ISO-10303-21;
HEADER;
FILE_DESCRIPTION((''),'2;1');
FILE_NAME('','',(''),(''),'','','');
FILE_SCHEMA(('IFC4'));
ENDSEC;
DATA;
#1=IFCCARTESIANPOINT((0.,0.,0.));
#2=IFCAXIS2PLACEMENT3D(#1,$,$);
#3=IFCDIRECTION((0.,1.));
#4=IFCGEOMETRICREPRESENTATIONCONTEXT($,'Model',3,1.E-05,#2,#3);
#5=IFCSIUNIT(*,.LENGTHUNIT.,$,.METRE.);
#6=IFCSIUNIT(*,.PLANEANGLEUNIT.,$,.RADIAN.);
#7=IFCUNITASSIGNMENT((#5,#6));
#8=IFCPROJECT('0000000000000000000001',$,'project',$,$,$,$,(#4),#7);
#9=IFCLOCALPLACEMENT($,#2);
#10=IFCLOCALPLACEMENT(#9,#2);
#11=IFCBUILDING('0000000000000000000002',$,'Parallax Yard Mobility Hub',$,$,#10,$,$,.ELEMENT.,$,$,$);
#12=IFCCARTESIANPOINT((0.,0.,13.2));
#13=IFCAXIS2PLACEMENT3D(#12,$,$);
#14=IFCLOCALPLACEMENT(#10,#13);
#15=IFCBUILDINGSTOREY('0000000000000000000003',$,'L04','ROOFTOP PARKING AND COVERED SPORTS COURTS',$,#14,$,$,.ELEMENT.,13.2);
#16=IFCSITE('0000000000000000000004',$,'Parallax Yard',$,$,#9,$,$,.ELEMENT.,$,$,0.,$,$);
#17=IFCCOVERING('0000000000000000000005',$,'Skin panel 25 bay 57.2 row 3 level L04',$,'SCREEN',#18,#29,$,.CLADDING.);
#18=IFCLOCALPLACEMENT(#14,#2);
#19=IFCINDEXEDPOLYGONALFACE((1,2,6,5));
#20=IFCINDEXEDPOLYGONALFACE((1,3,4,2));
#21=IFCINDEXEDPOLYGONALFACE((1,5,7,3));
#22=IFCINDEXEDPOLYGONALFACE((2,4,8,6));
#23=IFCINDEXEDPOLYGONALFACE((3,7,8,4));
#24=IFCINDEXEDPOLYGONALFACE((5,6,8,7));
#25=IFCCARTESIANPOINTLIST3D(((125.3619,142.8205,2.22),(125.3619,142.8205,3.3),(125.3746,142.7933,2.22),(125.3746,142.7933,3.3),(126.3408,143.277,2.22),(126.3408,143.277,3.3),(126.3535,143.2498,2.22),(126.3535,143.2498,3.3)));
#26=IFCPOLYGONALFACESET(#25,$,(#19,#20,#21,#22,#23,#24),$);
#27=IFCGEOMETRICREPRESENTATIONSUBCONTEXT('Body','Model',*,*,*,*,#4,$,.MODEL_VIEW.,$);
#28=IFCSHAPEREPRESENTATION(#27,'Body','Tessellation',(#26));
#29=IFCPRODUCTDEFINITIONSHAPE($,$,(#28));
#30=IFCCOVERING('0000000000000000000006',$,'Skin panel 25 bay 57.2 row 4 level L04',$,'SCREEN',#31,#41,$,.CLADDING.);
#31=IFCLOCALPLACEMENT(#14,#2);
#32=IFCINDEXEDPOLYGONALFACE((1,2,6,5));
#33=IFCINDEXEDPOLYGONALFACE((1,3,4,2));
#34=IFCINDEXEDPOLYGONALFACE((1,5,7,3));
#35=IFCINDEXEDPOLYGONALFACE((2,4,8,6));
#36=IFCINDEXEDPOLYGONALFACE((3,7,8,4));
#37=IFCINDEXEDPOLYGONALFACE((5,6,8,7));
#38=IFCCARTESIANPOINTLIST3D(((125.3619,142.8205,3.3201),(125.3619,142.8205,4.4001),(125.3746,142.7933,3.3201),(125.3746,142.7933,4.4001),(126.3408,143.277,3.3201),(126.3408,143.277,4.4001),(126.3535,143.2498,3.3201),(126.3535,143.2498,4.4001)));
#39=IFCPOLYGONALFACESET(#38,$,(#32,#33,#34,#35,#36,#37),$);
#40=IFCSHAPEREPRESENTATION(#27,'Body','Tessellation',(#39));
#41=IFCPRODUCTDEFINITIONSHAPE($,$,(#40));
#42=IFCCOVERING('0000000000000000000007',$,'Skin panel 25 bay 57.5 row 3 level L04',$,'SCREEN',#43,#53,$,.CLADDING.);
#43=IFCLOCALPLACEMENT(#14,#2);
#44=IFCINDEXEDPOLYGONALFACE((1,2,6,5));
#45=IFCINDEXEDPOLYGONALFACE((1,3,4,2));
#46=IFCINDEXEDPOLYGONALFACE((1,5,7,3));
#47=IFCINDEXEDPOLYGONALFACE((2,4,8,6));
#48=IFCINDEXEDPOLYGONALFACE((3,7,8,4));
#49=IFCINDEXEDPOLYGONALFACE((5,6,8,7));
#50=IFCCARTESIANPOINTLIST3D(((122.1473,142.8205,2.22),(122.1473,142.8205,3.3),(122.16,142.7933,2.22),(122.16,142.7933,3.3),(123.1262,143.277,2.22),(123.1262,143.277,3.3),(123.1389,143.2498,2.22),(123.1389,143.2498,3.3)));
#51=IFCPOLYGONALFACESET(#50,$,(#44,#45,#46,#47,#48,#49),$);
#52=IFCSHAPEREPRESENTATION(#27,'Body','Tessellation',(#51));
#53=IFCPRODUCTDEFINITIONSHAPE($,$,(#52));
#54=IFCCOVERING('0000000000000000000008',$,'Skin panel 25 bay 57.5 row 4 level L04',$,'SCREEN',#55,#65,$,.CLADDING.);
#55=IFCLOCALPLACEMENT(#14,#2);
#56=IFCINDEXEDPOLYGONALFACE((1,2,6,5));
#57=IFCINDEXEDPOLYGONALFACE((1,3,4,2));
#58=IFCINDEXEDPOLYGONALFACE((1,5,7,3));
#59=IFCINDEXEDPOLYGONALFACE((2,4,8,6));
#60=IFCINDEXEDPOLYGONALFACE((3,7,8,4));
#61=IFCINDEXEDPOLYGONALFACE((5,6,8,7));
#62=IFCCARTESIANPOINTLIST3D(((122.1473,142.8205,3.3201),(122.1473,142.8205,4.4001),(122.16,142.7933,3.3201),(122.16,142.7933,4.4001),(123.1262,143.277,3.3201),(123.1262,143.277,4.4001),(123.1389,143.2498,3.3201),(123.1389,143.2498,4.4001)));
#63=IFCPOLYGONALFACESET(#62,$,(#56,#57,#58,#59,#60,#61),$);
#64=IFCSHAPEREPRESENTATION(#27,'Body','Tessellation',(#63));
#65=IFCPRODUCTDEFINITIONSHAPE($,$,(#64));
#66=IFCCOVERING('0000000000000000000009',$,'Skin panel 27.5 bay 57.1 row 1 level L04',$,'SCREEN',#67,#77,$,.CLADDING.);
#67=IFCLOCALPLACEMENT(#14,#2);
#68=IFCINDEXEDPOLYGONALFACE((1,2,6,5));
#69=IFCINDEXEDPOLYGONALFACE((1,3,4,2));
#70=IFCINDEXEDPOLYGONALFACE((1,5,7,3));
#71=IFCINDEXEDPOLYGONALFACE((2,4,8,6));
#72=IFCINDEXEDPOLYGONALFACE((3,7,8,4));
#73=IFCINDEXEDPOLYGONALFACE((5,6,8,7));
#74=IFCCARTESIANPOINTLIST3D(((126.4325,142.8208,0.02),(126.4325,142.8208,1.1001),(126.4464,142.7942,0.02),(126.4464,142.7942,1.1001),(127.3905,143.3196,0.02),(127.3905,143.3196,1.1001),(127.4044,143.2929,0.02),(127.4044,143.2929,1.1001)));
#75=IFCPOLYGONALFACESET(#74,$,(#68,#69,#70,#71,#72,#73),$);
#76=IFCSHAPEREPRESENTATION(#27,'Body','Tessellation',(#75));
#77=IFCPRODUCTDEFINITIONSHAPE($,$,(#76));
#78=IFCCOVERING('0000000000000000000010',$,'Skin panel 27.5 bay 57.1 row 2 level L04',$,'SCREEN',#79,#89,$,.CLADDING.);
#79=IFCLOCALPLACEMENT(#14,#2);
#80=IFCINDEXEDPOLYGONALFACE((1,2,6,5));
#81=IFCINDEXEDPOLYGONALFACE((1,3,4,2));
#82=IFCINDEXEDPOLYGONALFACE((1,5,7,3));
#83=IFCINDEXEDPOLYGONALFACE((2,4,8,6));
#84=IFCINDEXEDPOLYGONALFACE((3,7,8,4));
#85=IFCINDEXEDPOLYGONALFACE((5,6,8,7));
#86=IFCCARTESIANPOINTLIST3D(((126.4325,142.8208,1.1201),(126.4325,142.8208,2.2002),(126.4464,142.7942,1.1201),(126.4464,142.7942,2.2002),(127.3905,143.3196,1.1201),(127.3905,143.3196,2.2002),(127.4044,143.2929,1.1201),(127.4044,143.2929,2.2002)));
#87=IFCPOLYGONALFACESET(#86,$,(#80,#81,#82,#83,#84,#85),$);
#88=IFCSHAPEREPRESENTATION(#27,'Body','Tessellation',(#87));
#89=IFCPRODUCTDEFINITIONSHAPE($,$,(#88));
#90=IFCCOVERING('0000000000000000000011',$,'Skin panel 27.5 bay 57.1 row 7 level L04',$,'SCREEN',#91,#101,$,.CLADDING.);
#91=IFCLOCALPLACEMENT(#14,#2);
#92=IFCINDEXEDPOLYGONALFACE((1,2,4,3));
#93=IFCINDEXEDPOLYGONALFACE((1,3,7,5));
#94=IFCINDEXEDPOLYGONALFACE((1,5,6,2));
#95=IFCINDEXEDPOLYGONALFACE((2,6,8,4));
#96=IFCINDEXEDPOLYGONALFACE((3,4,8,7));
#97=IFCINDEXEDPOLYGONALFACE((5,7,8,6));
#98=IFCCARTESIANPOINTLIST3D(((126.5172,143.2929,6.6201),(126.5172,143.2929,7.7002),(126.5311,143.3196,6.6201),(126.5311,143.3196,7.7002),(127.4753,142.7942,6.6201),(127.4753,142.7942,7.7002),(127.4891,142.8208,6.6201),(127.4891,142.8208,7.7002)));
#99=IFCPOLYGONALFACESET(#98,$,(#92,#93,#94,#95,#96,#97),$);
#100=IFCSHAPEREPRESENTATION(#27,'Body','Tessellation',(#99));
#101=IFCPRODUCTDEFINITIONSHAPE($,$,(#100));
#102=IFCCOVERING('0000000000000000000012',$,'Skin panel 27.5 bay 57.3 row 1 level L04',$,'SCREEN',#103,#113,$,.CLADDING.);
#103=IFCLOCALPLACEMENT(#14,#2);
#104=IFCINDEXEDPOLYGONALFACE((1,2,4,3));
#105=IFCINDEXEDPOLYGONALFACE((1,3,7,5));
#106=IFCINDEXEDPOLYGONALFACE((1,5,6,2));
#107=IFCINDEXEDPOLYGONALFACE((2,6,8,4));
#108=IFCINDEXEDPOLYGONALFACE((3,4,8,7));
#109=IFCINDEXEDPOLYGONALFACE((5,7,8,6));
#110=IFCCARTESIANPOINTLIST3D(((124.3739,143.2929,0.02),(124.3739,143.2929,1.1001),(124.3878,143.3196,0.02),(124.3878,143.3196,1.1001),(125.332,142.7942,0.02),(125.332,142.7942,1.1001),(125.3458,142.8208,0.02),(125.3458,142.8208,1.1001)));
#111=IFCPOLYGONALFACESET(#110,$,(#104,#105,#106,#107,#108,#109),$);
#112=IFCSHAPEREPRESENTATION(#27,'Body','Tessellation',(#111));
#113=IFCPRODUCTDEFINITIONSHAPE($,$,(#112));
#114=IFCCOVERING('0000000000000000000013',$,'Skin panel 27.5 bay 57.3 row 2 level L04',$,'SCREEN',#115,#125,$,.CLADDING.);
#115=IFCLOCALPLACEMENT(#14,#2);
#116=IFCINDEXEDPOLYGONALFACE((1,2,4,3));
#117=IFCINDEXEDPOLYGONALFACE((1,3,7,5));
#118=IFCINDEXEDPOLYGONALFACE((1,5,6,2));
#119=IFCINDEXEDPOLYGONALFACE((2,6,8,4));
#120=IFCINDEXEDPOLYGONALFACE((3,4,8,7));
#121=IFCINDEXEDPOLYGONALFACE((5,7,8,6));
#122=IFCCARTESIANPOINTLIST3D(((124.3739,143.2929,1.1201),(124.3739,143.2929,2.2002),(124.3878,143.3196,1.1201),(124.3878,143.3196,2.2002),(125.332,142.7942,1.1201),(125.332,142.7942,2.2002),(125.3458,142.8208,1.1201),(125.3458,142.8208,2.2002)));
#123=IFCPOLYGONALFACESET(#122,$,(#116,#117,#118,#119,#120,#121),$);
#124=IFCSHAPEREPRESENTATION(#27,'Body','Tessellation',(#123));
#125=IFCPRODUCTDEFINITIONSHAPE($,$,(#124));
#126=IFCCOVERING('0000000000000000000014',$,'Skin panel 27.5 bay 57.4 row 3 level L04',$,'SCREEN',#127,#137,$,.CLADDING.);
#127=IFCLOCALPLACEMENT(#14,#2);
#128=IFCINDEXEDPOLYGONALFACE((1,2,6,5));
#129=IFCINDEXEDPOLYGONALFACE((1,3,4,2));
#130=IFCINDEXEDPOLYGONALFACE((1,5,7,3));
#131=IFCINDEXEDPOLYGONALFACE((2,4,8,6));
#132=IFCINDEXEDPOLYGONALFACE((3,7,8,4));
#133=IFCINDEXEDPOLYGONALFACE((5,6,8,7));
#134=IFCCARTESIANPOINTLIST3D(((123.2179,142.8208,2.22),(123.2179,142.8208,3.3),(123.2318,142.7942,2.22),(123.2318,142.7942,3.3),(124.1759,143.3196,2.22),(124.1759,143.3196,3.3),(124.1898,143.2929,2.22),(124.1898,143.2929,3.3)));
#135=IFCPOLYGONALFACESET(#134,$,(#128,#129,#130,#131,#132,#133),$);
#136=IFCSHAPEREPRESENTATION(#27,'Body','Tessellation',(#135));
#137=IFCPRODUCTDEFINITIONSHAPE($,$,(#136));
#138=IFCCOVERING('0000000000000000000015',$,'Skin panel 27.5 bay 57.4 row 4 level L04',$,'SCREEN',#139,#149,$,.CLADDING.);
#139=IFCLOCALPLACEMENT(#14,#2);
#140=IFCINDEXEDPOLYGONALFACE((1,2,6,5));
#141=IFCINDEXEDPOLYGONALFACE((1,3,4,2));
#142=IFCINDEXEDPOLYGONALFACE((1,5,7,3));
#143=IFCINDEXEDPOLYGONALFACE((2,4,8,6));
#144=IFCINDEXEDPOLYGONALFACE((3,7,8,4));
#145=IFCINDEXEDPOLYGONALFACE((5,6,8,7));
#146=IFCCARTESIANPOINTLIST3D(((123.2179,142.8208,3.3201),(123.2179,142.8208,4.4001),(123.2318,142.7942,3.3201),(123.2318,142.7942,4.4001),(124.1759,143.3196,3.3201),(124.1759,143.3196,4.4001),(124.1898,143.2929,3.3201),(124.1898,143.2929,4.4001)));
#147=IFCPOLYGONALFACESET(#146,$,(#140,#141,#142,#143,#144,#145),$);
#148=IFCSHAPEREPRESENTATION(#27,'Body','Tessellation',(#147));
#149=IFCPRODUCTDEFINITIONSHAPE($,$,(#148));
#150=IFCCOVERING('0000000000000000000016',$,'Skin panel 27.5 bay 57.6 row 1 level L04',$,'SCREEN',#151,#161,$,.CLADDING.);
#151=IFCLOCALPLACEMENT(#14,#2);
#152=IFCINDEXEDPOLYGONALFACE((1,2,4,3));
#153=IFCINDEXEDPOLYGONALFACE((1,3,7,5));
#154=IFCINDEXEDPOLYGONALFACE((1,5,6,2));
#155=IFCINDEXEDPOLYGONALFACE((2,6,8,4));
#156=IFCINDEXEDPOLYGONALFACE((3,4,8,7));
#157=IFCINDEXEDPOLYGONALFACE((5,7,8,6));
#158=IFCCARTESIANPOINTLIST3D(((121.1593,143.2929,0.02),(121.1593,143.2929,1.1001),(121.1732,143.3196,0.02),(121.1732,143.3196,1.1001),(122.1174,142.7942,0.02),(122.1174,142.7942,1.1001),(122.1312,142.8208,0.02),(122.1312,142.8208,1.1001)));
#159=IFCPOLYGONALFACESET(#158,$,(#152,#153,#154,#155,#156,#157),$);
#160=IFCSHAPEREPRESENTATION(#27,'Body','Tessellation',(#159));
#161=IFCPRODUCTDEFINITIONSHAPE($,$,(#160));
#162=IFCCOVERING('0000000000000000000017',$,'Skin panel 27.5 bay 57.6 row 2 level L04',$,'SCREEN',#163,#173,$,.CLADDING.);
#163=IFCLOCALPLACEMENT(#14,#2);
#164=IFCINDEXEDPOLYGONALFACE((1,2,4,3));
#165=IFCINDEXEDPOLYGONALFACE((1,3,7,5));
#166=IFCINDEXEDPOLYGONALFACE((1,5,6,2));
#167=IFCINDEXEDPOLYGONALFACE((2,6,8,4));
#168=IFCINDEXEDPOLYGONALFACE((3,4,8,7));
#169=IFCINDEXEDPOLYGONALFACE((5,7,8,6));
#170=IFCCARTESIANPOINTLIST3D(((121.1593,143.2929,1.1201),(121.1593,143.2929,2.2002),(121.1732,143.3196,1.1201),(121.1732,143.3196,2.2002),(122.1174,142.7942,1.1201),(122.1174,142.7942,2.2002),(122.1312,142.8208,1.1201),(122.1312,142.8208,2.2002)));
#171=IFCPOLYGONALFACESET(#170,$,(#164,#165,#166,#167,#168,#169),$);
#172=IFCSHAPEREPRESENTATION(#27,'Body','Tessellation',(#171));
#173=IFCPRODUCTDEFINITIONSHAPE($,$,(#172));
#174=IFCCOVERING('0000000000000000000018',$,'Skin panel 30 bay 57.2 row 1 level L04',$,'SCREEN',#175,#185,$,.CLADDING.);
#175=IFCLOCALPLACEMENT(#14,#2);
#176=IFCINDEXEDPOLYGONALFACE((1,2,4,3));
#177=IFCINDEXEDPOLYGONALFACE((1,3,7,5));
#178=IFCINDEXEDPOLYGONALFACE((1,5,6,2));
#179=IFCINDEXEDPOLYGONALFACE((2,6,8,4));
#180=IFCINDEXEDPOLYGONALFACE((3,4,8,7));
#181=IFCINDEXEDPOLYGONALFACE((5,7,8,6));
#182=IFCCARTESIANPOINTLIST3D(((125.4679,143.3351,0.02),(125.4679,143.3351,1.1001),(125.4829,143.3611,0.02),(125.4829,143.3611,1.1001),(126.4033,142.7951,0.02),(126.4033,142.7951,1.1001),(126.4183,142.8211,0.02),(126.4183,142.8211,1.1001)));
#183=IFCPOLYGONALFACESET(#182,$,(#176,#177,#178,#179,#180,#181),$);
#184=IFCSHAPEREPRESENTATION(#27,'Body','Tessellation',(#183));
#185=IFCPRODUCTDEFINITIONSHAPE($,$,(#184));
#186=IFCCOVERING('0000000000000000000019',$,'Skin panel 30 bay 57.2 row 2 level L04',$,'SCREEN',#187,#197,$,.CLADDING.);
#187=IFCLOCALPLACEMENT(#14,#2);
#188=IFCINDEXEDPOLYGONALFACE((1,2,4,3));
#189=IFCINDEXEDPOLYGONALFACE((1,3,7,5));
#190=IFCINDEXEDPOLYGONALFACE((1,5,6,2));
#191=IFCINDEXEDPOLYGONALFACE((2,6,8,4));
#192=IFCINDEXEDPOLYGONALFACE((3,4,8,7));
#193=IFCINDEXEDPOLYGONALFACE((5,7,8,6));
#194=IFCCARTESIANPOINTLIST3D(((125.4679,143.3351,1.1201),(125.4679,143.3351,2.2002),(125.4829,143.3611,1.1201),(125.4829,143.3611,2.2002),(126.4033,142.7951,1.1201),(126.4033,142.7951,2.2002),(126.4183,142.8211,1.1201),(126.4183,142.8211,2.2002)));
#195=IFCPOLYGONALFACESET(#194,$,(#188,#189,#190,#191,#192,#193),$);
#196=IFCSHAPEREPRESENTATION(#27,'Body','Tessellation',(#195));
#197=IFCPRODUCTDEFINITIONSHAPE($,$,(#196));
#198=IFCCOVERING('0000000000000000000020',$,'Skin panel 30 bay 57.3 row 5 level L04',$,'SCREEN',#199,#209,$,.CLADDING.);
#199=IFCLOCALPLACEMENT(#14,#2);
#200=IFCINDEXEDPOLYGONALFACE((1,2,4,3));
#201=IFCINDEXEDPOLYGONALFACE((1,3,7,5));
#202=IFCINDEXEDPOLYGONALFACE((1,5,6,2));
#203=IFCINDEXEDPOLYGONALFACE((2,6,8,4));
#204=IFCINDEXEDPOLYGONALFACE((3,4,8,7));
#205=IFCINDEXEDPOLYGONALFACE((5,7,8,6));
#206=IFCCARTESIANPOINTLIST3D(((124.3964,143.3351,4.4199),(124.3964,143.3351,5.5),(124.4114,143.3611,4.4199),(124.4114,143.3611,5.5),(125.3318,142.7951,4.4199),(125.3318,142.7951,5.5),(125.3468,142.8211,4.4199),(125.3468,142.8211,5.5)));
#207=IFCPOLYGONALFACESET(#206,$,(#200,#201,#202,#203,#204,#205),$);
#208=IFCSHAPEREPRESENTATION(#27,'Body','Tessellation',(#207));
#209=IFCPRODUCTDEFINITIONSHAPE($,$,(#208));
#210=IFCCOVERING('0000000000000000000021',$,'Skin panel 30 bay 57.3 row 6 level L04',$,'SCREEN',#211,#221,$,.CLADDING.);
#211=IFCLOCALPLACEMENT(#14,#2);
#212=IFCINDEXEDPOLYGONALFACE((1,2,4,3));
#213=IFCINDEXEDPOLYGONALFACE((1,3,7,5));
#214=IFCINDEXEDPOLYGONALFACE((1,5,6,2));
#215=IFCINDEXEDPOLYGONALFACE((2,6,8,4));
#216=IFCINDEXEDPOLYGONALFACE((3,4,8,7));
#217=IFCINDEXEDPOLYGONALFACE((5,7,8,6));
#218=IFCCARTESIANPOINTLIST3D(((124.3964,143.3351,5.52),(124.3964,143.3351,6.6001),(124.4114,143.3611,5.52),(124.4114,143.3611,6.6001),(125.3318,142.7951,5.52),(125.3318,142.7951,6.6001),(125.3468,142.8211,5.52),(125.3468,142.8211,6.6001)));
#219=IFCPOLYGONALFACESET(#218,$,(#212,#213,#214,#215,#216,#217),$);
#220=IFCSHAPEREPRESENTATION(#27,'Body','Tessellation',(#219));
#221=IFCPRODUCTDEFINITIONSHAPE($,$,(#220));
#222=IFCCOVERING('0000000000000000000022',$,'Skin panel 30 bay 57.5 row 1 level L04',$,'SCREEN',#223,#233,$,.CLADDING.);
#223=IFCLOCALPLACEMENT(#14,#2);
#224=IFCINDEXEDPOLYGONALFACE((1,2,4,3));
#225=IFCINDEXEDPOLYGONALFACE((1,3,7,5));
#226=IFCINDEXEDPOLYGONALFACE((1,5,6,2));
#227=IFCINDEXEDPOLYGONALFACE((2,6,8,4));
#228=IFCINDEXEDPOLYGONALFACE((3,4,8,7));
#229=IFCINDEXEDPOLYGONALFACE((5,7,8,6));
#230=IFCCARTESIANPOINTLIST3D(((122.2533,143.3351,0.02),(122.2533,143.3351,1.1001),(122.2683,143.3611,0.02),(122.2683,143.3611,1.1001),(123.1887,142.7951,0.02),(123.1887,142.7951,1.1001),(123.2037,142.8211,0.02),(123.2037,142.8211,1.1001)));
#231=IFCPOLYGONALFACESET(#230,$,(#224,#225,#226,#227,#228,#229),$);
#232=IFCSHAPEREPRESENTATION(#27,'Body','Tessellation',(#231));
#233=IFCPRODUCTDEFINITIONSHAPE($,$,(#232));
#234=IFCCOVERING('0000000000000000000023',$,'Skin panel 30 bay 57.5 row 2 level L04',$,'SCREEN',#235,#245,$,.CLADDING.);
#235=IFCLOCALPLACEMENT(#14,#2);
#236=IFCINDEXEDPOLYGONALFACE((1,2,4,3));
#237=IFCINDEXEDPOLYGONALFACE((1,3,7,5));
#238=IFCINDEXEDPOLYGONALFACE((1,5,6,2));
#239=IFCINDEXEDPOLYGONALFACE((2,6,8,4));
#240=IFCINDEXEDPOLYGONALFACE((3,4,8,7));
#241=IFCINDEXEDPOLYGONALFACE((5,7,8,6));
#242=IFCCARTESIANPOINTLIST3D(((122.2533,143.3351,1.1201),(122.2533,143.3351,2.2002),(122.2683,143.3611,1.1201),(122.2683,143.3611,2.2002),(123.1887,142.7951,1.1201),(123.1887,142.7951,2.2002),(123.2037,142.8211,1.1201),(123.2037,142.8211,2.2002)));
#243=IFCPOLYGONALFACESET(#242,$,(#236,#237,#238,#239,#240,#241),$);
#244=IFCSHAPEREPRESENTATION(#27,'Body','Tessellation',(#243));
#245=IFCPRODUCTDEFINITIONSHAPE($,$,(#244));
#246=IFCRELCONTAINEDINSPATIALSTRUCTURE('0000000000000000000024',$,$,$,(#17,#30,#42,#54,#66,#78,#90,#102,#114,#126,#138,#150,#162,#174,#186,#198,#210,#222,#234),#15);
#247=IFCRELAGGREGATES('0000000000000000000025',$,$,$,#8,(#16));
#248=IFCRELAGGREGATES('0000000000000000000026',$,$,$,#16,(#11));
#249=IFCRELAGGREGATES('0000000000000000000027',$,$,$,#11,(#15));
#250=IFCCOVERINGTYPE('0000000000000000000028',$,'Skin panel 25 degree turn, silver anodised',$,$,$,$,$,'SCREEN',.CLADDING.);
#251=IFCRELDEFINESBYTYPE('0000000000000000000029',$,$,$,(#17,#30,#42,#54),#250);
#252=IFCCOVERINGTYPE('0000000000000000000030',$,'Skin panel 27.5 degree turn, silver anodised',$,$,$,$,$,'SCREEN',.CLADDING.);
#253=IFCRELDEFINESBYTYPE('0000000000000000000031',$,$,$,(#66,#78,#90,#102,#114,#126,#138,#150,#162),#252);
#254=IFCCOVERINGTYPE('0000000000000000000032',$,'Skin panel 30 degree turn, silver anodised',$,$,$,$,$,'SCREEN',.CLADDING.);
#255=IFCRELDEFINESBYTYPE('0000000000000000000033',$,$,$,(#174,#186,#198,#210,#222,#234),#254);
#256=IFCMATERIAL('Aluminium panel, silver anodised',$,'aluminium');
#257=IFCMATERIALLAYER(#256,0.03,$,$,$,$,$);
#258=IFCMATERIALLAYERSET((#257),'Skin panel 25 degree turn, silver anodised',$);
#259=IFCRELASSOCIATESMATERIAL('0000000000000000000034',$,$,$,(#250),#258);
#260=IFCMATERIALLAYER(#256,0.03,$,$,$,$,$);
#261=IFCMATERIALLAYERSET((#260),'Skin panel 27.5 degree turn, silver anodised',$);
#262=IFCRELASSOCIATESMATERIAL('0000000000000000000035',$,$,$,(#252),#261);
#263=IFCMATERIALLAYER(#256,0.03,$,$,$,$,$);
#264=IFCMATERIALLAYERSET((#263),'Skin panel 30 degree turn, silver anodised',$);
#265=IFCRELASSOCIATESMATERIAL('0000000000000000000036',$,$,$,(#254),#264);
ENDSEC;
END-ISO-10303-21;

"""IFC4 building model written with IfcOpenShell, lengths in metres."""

from ifc_helpers import new_model, si_unit, direction, frame, origin, origin_2d, place, context, subcontext, project, spatial, rectangle, extrude, material, layer, layer_set, type_object, element, save


model = new_model("IFC4")

# Units and contexts
model_context = context("Model", 3, precision=1e-05, world=origin(), true_north=direction((0.0, 1.0)))
body_context = subcontext(model_context, "Body", "Model", "MODEL_VIEW")
ifc_project = project(units=[si_unit("LENGTHUNIT", "METRE"), si_unit("PLANEANGLEUNIT", "RADIAN")], contexts=[model_context])

# Site, building, storey
site_placement = place(None, origin())
site = spatial("IfcSite", under=ifc_project, at=site_placement, Name="Parallax Yard", CompositionType="ELEMENT", RefElevation=0.0)
building_placement = place(site_placement, origin())
building = spatial("IfcBuilding", under=site, at=building_placement, Name="Parallax Yard Mobility Hub", CompositionType="ELEMENT")
storey_placement = place(building_placement, frame((0.0, 0.0, 13.2)))
storey = spatial("IfcBuildingStorey", under=building, at=storey_placement, Name="L04", Description="ROOFTOP PARKING AND COVERED SPORTS COURTS", CompositionType="ELEMENT", Elevation=13.2)

# Coverings
ifc_material = material(Name="Aluminium panel, silver anodised", Category="aluminium")
ifc_layer_1 = layer(ifc_material, 0.03)
ifc_layer_set_1 = layer_set([ifc_layer_1], Name="Skin panel 25 degree turn, silver anodised")
covering_type_1 = type_object("IfcCoveringType", Name="Skin panel 25 degree turn, silver anodised", ElementType="SCREEN", PredefinedType="CLADDING", material=ifc_layer_set_1)
for number, where, z_axis, x_axis, name in (
    (1, (125.8577, 143.0352, 2.22), (0.0, 0.0, 1.0), (0.906308, 0.422618, 0.0), "Skin panel 25 bay 57.2 row 3 level L04"),
    (2, (125.8577, 143.0352, 3.3201), (0.0, 0.0, 1.0), (0.906308, 0.422618, 0.0), "Skin panel 25 bay 57.2 row 4 level L04"),
    (3, (122.6431, 143.0352, 2.22), (0.0, 0.0, 1.0), (0.906308, 0.422618, 0.0), "Skin panel 25 bay 57.5 row 3 level L04"),
    (4, (122.6431, 143.0352, 3.3201), (0.0, 0.0, 1.0), (0.906308, 0.422618, 0.0), "Skin panel 25 bay 57.5 row 4 level L04"),
):
    element("IfcCovering", number, at=place(storey_placement, frame(where, z_axis=z_axis, x_axis=x_axis)), inside=storey, type_object=covering_type_1, Name=name, ObjectType="SCREEN", PredefinedType="CLADDING", context=body_context, shape_type="SweptSolid", body=[
        extrude(rectangle(XDim=1.0801, YDim=0.03, at=origin_2d()), origin(), (0.0, 0.0, 1.0), 1.0801),
    ])
ifc_layer_2 = layer(ifc_material, 0.03)
ifc_layer_set_2 = layer_set([ifc_layer_2], Name="Skin panel 27.5 degree turn, silver anodised")
covering_type_2 = type_object("IfcCoveringType", Name="Skin panel 27.5 degree turn, silver anodised", ElementType="SCREEN", PredefinedType="CLADDING", material=ifc_layer_set_2)
for number, where, z_axis, x_axis, name in (
    (5, (126.9185, 143.0569, 0.02), (0.0, 0.0, 1.0), (0.887011, 0.461749, 0.0), "Skin panel 27.5 bay 57.1 row 1 level L04"),
    (6, (126.9185, 143.0569, 1.1201), (0.0, 0.0, 1.0), (0.887011, 0.461749, 0.0), "Skin panel 27.5 bay 57.1 row 2 level L04"),
    (7, (127.0032, 143.0569, 6.6201), (0.0, 0.0, 1.0), (-0.887011, 0.461749, 0.0), "Skin panel 27.5 bay 57.1 row 7 level L04"),
    (8, (124.8599, 143.0569, 0.02), (0.0, 0.0, 1.0), (-0.887011, 0.461749, 0.0), "Skin panel 27.5 bay 57.3 row 1 level L04"),
    (9, (124.8599, 143.0569, 1.1201), (0.0, 0.0, 1.0), (-0.887011, 0.461749, 0.0), "Skin panel 27.5 bay 57.3 row 2 level L04"),
    (10, (123.7039, 143.0569, 2.22), (0.0, 0.0, 1.0), (0.887011, 0.461749, 0.0), "Skin panel 27.5 bay 57.4 row 3 level L04"),
    (11, (123.7039, 143.0569, 3.3201), (0.0, 0.0, 1.0), (0.887011, 0.461749, 0.0), "Skin panel 27.5 bay 57.4 row 4 level L04"),
    (12, (121.6453, 143.0569, 0.02), (0.0, 0.0, 1.0), (-0.887011, 0.461749, 0.0), "Skin panel 27.5 bay 57.6 row 1 level L04"),
    (13, (121.6453, 143.0569, 1.1201), (0.0, 0.0, 1.0), (-0.887011, 0.461749, 0.0), "Skin panel 27.5 bay 57.6 row 2 level L04"),
):
    element("IfcCovering", number, at=place(storey_placement, frame(where, z_axis=z_axis, x_axis=x_axis)), inside=storey, type_object=covering_type_2, Name=name, ObjectType="SCREEN", PredefinedType="CLADDING", context=body_context, shape_type="SweptSolid", body=[
        extrude(rectangle(XDim=1.0801, YDim=0.03, at=origin_2d()), origin(), (0.0, 0.0, 1.0), 1.0801),
    ])
ifc_layer_3 = layer(ifc_material, 0.03)
ifc_layer_set_3 = layer_set([ifc_layer_3], Name="Skin panel 30 degree turn, silver anodised")
covering_type_3 = type_object("IfcCoveringType", Name="Skin panel 30 degree turn, silver anodised", ElementType="SCREEN", PredefinedType="CLADDING", material=ifc_layer_set_3)
for number, where, z_axis, x_axis, name in (
    (14, (125.9431, 143.0781, 0.02), (0.0, 0.0, 1.0), (-0.866025, 0.5, 0.0), "Skin panel 30 bay 57.2 row 1 level L04"),
    (15, (125.9431, 143.0781, 1.1201), (0.0, 0.0, 1.0), (-0.866025, 0.5, 0.0), "Skin panel 30 bay 57.2 row 2 level L04"),
    (16, (124.8716, 143.0781, 4.4199), (0.0, 0.0, 1.0), (-0.866025, 0.5, 0.0), "Skin panel 30 bay 57.3 row 5 level L04"),
    (17, (124.8716, 143.0781, 5.52), (0.0, 0.0, 1.0), (-0.866025, 0.5, 0.0), "Skin panel 30 bay 57.3 row 6 level L04"),
    (18, (122.7285, 143.0781, 0.02), (0.0, 0.0, 1.0), (-0.866025, 0.5, 0.0), "Skin panel 30 bay 57.5 row 1 level L04"),
    (19, (122.7285, 143.0781, 1.1201), (0.0, 0.0, 1.0), (-0.866025, 0.5, 0.0), "Skin panel 30 bay 57.5 row 2 level L04"),
):
    element("IfcCovering", number, at=place(storey_placement, frame(where, z_axis=z_axis, x_axis=x_axis)), inside=storey, type_object=covering_type_3, Name=name, ObjectType="SCREEN", PredefinedType="CLADDING", context=body_context, shape_type="SweptSolid", body=[
        extrude(rectangle(XDim=1.0801, YDim=0.03, at=origin_2d()), origin(), (0.0, 0.0, 1.0), 1.0801),
    ])

save(model, "model.ifc")
